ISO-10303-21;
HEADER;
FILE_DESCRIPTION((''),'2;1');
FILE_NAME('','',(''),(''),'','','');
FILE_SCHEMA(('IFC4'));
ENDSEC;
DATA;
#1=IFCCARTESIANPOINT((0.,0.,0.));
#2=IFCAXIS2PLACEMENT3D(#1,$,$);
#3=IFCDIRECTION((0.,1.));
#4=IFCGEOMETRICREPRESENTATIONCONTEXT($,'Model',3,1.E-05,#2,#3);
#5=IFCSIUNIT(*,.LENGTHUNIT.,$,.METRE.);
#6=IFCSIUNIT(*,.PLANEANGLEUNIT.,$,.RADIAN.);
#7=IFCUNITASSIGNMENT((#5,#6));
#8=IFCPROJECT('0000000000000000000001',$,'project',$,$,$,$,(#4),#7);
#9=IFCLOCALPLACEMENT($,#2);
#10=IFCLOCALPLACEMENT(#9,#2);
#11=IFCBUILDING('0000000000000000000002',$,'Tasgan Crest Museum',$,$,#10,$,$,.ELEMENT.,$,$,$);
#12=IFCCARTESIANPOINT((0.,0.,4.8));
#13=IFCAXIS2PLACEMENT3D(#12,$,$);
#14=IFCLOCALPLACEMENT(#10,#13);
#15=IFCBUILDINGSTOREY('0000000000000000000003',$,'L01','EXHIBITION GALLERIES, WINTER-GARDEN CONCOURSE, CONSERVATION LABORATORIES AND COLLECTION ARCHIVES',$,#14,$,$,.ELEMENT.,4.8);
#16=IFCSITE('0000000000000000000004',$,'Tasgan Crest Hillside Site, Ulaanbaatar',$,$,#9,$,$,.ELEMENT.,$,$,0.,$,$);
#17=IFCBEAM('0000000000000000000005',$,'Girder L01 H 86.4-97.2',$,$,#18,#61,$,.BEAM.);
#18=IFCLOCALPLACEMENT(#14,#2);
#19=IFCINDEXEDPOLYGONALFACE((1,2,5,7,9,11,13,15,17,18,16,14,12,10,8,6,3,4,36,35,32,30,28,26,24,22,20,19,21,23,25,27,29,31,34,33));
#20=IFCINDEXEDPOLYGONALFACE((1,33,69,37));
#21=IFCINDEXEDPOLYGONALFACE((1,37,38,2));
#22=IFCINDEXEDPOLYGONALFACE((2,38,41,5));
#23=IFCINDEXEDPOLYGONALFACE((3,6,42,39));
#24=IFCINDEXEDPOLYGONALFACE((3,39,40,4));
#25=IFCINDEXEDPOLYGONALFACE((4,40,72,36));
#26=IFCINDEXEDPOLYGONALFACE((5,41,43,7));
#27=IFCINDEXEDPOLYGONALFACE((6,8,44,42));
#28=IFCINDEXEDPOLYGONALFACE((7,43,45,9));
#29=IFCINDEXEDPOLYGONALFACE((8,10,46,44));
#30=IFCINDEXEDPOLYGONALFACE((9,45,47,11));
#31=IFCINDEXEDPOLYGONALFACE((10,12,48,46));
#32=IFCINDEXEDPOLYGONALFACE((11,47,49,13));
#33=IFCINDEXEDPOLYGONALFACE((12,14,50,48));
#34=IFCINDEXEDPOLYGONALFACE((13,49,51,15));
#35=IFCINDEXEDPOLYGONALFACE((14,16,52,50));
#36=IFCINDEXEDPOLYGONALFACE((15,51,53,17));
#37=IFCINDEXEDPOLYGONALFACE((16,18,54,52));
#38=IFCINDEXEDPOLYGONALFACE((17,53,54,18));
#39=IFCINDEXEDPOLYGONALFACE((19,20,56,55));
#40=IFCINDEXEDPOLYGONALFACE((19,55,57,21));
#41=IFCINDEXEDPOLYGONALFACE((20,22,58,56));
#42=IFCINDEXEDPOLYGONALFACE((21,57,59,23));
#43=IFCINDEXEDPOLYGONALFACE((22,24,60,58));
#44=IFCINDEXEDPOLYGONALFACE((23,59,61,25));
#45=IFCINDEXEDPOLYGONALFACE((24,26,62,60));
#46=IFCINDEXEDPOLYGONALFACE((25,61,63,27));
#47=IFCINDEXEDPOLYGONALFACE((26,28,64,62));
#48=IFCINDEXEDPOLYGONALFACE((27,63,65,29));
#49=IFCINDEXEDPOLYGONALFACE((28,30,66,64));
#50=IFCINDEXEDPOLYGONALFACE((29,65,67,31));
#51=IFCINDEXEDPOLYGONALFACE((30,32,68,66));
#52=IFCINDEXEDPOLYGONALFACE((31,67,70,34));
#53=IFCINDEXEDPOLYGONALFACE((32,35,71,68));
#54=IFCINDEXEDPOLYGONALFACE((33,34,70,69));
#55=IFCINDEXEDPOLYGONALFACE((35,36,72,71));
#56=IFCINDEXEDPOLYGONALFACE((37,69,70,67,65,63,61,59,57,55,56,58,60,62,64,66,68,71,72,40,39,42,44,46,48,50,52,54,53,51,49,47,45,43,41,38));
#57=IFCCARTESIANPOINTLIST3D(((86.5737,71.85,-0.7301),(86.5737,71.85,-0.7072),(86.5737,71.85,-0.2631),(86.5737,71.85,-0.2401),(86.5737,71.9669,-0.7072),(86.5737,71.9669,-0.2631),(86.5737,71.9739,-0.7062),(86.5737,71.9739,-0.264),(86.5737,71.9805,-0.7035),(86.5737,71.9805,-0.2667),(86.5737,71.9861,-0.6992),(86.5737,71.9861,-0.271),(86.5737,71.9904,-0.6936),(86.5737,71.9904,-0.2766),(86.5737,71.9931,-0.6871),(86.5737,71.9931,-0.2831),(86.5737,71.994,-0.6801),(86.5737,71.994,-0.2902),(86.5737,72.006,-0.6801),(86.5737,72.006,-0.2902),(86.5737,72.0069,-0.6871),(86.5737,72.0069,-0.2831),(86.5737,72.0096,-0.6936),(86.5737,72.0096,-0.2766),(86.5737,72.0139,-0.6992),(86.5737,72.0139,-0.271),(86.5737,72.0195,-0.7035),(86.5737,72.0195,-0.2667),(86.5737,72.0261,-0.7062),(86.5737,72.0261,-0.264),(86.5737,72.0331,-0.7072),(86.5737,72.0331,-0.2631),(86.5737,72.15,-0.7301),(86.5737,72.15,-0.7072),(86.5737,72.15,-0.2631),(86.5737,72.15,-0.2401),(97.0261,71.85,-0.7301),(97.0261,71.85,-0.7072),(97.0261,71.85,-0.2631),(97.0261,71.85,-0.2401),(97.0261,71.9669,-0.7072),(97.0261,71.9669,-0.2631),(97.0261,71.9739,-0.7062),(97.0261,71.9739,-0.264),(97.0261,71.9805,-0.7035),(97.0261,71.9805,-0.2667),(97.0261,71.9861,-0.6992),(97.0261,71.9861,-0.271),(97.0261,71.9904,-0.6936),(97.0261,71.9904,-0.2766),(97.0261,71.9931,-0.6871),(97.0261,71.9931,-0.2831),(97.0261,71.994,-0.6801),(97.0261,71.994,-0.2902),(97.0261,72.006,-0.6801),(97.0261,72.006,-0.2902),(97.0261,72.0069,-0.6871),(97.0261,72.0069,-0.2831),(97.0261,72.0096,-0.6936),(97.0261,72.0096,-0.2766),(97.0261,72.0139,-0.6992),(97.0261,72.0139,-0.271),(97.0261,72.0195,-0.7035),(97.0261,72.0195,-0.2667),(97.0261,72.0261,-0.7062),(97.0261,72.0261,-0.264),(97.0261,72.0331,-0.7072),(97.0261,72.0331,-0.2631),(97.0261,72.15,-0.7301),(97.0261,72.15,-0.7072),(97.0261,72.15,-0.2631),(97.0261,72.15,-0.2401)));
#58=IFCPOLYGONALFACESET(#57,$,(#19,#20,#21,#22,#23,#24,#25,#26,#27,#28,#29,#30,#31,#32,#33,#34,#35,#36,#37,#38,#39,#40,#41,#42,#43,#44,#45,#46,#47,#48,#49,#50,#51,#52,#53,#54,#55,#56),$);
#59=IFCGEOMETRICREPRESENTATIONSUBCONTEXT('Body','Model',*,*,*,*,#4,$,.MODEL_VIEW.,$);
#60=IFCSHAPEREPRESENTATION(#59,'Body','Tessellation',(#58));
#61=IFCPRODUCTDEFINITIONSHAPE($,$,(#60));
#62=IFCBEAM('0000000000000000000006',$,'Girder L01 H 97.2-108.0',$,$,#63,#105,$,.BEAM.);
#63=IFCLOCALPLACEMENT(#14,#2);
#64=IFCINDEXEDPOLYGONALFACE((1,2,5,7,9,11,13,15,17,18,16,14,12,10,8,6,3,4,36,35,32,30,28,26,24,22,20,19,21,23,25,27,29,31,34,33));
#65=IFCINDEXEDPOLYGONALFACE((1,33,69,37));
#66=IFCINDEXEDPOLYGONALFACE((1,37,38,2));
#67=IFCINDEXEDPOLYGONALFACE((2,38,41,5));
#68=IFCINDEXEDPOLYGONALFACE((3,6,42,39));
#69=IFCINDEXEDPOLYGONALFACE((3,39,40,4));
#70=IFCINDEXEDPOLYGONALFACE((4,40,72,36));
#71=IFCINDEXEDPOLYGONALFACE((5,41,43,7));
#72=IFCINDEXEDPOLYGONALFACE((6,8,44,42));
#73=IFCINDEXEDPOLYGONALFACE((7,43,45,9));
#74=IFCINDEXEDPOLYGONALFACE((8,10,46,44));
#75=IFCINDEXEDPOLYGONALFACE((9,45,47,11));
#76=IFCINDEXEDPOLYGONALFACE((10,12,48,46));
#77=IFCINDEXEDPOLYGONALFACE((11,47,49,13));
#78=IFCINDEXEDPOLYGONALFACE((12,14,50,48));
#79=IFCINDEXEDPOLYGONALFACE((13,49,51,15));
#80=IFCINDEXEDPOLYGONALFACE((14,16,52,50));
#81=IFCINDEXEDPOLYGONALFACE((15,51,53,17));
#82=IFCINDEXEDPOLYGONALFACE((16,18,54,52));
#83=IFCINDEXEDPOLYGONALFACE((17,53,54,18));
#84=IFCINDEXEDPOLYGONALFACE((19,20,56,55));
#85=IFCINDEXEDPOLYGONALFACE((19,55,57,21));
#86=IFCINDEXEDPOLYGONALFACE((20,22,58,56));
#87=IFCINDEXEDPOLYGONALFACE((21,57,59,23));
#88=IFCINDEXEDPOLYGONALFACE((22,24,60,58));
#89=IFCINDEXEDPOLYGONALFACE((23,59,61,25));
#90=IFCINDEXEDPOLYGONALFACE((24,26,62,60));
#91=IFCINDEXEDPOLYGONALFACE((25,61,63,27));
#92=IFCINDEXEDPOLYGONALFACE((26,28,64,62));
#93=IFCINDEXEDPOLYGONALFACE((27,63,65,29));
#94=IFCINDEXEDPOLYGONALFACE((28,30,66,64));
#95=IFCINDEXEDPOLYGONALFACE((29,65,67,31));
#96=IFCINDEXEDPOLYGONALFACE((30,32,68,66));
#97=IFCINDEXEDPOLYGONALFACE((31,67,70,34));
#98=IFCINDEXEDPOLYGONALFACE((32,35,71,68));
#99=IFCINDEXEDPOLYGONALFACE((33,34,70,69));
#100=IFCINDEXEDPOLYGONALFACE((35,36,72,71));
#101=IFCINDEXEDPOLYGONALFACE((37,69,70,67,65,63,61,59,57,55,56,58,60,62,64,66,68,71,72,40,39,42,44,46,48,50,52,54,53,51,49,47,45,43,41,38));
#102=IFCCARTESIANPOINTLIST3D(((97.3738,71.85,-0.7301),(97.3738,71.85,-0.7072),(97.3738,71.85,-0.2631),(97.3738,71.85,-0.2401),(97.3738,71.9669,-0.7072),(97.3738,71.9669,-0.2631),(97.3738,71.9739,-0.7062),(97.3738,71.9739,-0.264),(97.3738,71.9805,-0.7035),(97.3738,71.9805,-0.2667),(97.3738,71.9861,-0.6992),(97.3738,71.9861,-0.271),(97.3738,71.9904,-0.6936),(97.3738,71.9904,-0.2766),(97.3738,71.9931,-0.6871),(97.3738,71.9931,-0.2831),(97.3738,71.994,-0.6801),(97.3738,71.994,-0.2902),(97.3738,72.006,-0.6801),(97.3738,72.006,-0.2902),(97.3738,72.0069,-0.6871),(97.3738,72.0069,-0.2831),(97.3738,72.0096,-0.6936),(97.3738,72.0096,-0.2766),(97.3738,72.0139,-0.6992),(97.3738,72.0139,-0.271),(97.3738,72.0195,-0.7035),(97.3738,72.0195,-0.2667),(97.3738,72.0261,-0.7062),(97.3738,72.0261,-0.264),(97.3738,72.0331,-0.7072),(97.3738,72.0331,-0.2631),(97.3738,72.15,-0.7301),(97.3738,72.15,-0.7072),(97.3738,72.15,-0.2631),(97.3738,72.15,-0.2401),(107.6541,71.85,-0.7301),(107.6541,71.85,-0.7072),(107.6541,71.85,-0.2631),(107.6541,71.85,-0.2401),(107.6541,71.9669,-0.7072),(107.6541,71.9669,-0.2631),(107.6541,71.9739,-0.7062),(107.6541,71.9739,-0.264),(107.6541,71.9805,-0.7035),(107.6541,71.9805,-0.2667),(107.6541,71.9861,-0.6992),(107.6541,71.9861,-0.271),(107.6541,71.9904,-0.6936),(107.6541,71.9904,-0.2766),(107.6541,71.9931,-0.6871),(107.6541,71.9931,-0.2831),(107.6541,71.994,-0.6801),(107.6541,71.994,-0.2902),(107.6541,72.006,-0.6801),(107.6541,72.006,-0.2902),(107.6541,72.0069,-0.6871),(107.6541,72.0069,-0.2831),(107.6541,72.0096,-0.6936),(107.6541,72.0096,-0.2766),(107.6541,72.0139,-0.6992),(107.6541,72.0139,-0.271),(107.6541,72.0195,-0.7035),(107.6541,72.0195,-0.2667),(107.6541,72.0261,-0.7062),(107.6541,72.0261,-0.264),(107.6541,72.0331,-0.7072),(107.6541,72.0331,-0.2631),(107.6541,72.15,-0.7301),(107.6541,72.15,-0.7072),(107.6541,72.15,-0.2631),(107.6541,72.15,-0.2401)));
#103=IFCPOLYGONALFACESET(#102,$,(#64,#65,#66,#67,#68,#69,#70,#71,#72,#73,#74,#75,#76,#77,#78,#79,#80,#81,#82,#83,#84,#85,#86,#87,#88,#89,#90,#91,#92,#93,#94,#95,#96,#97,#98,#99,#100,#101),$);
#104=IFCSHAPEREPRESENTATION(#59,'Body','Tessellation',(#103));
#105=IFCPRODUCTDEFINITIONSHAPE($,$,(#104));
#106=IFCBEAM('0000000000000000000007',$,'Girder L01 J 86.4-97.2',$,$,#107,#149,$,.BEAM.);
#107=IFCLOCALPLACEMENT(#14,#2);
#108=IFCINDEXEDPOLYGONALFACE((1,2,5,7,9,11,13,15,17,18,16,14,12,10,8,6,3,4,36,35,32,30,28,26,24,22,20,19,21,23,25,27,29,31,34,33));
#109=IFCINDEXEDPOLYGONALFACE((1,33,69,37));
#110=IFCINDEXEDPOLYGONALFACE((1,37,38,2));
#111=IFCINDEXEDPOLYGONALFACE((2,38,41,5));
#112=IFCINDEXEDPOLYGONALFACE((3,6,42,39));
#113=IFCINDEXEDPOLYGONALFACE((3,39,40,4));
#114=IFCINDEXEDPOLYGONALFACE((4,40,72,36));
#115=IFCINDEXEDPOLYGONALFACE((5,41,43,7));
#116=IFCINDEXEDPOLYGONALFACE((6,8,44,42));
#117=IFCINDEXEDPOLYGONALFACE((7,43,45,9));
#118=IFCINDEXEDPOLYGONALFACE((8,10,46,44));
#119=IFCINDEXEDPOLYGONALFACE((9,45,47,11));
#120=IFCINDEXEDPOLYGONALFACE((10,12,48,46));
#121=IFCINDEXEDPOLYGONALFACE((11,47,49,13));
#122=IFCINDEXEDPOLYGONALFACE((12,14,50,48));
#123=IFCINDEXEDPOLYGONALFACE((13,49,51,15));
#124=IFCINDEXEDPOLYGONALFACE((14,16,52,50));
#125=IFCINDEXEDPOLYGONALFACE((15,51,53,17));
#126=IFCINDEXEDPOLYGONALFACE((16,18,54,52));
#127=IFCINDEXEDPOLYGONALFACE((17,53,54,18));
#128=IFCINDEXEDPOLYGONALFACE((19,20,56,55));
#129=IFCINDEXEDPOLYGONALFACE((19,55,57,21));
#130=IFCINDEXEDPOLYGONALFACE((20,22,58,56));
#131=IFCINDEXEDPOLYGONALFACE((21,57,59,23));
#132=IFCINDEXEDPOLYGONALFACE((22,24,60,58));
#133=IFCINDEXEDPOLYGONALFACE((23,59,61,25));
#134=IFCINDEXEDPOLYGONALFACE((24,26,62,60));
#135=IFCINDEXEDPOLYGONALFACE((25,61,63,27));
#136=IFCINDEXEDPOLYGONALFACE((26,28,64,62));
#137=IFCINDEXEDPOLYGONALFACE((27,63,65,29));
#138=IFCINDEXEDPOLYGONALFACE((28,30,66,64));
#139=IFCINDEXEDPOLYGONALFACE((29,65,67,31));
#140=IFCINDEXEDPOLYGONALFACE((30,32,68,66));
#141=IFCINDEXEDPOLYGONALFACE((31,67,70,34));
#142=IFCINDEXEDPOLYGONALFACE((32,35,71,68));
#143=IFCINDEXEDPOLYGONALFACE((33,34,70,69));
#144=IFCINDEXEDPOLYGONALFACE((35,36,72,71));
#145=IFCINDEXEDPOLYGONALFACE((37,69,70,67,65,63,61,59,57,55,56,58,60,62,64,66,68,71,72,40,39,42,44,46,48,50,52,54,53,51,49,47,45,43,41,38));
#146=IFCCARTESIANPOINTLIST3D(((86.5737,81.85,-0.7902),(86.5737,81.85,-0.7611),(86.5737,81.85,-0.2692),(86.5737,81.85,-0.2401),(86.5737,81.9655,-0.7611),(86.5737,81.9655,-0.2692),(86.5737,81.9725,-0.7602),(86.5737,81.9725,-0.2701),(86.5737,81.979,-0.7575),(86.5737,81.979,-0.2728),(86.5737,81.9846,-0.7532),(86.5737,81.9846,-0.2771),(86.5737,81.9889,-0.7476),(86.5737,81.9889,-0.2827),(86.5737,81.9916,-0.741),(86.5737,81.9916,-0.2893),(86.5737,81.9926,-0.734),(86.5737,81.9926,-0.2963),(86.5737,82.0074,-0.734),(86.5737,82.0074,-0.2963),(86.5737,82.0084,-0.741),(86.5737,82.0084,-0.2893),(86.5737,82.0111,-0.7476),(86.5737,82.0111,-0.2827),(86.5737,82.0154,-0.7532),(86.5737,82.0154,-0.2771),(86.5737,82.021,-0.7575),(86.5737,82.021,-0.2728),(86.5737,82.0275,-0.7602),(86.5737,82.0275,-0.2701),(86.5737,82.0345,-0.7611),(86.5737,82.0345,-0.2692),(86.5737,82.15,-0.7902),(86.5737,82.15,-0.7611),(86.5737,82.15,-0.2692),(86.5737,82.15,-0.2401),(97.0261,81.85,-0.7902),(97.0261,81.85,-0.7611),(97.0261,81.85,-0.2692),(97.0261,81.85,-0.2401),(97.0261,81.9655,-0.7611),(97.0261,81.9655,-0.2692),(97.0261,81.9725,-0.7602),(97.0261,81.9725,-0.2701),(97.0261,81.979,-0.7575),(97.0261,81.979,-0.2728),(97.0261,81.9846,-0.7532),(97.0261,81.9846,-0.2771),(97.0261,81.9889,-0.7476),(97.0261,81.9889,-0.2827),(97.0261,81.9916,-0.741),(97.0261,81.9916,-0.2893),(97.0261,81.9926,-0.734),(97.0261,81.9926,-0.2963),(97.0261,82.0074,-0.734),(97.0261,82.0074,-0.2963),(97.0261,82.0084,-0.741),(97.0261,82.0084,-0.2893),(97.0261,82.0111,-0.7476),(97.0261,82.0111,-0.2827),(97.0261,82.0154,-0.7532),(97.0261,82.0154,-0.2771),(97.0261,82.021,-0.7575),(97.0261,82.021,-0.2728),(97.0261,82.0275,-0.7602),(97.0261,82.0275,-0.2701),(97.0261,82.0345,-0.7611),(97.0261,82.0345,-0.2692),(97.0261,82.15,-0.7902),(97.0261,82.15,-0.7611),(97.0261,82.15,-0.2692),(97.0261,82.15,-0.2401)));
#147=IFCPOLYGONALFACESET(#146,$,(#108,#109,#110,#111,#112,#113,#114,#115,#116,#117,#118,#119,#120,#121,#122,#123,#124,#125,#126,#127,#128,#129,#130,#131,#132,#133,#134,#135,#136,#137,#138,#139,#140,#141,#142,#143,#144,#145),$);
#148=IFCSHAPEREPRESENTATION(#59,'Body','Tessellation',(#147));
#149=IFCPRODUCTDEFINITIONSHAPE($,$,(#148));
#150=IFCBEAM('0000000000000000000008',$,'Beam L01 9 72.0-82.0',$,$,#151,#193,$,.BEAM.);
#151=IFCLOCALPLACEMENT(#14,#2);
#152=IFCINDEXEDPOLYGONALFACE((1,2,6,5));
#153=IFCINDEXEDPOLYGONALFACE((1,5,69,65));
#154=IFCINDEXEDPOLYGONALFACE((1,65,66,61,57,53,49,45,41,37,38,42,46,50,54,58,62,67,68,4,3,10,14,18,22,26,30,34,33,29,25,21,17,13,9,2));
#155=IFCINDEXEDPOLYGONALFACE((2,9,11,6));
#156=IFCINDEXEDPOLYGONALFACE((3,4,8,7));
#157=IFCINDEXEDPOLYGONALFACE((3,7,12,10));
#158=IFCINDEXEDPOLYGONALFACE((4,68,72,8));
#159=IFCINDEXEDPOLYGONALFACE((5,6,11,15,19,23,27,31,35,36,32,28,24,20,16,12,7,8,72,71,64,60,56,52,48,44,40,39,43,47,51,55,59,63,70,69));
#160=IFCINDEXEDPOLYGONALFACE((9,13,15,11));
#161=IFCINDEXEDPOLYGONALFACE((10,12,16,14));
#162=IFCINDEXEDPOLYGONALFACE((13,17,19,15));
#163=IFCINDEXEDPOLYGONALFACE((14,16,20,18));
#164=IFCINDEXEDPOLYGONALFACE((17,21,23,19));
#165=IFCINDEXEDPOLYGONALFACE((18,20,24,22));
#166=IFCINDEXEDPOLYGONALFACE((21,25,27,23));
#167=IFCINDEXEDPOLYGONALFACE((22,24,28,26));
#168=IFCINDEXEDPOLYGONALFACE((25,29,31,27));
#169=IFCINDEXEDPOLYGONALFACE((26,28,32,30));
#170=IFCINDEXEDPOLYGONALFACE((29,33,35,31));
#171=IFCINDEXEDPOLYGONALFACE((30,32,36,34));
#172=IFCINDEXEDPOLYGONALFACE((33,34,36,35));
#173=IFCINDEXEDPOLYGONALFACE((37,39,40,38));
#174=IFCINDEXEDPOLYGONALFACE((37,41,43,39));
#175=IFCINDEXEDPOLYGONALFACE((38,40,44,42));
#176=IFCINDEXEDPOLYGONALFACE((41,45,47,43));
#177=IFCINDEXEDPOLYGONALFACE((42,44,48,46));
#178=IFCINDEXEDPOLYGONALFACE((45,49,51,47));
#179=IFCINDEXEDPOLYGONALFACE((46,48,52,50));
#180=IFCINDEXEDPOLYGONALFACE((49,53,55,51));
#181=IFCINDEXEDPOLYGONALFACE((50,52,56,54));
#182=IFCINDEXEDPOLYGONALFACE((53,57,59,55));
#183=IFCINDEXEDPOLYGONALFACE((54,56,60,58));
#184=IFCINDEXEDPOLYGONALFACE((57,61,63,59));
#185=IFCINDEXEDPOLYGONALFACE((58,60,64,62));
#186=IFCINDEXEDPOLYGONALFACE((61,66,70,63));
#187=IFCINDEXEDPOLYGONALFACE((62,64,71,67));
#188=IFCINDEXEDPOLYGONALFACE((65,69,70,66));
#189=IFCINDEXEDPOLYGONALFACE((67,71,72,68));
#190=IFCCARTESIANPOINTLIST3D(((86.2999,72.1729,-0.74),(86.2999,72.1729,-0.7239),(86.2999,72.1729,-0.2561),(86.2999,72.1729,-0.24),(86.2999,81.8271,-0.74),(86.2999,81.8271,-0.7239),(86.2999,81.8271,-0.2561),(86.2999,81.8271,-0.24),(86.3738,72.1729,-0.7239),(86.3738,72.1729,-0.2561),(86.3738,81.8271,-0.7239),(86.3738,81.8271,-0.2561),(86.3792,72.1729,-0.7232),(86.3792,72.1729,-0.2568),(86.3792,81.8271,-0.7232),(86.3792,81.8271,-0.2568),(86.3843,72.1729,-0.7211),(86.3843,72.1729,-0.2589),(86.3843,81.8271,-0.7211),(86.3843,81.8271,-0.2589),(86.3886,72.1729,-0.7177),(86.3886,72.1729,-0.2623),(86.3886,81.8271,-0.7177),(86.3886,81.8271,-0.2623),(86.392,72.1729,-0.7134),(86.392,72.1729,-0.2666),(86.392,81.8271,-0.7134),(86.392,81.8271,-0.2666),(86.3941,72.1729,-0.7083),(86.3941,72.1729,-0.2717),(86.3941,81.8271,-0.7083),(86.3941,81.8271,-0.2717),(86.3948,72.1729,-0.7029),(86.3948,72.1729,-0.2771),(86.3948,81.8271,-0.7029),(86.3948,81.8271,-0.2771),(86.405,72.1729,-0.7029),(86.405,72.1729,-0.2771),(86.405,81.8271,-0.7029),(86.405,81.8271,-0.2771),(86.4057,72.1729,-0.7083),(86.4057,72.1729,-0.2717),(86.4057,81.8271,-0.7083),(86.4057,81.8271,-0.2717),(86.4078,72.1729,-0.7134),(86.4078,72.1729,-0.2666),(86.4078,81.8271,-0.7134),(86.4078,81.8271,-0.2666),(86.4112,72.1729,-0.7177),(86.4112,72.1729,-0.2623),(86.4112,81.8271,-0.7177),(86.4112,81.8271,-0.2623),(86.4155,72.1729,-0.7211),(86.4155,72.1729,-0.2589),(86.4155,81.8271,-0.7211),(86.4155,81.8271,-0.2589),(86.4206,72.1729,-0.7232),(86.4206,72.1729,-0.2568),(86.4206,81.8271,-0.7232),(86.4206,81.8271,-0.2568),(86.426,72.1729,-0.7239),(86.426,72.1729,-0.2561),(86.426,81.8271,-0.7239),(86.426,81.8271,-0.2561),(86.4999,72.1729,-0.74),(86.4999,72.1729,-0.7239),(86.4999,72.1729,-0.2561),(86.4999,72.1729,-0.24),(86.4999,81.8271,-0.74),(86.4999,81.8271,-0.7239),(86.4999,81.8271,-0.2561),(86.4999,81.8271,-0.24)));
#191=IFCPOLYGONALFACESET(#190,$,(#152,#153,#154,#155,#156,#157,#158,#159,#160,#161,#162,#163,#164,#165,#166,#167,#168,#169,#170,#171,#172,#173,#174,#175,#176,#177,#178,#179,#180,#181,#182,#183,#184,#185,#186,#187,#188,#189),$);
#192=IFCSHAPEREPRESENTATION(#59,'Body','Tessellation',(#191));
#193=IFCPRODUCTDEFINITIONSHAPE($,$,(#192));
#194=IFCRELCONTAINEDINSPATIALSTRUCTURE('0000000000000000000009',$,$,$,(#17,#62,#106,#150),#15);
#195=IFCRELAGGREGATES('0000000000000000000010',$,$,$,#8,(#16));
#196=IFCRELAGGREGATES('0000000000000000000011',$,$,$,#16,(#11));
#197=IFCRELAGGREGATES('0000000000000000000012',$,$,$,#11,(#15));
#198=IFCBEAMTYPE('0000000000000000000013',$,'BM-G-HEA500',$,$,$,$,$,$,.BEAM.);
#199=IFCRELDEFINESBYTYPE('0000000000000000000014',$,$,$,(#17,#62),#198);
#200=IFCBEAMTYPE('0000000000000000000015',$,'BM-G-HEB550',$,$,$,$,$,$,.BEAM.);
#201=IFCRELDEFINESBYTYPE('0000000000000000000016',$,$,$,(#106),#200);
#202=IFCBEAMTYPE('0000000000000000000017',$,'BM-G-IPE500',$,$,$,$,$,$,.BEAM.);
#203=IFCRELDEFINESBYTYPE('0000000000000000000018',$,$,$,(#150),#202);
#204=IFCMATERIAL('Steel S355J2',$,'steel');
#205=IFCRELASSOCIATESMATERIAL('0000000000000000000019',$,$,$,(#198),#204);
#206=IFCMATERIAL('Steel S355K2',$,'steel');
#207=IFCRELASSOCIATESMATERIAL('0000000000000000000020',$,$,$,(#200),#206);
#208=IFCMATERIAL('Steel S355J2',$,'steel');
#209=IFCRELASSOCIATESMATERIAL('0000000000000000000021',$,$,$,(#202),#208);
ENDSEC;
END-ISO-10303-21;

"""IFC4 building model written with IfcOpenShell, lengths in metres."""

from ifc_helpers import new_model, si_unit, direction, frame, origin, origin_2d, place, context, subcontext, project, spatial, i_section, extrude, material, material_profile, profile_set, type_object, element, save


model = new_model("IFC4")

# Units and contexts
model_context = context("Model", 3, precision=1e-05, world=origin(), true_north=direction((0.0, 1.0)))
body_context = subcontext(model_context, "Body", "Model", "MODEL_VIEW")
ifc_project = project(units=[si_unit("LENGTHUNIT", "METRE"), si_unit("PLANEANGLEUNIT", "RADIAN")], contexts=[model_context])

# Site, building, storey
site_placement = place(None, origin())
site = spatial("IfcSite", under=ifc_project, at=site_placement, Name="Tasgan Crest Hillside Site, Ulaanbaatar", CompositionType="ELEMENT", RefElevation=0.0)
building_placement = place(site_placement, origin())
building = spatial("IfcBuilding", under=site, at=building_placement, Name="Tasgan Crest Museum", CompositionType="ELEMENT")
storey_placement = place(building_placement, frame((0.0, 0.0, 4.8)))
storey = spatial("IfcBuildingStorey", under=building, at=storey_placement, Name="L01", Description="EXHIBITION GALLERIES, WINTER-GARDEN CONCOURSE, CONSERVATION LABORATORIES AND COLLECTION ARCHIVES", CompositionType="ELEMENT", Elevation=4.8)

# Beams
ifc_material_1 = material(Name="Steel S355J2", Category="steel")
ifc_material_profile_1 = material_profile(ifc_material_1, i_section(OverallWidth=0.3, OverallDepth=0.49, WebThickness=0.012, FlangeThickness=0.0229, FilletRadius=0.0271, at=origin_2d()), Name="HEA 500")
ifc_profile_set_1 = profile_set([ifc_material_profile_1], Name="Steel S355J2")
beam_type_1 = type_object("IfcBeamType", Name="BM-G-HEA500", PredefinedType="BEAM", material=ifc_profile_set_1)
beam_1_placement = place(storey_placement, frame((86.5737, 72.0, -0.4851), z_axis=(1.0, 0.0, 0.0), x_axis=(0.0, 1.0, 0.0)))
element("IfcBeam", 1, at=beam_1_placement, inside=storey, type_object=beam_type_1, Name="Girder L01 H 86.4-97.2", PredefinedType="BEAM", context=body_context, shape_type="SweptSolid", body=[
    extrude(i_section(OverallWidth=0.3, OverallDepth=0.49, WebThickness=0.012, FlangeThickness=0.0229, FilletRadius=0.0271, at=origin_2d()), origin(), (0.0, 0.0, 1.0), 10.4524),
])
beam_2_placement = place(storey_placement, frame((97.3738, 72.0, -0.4851), z_axis=(1.0, 0.0, 0.0), x_axis=(0.0, 1.0, 0.0)))
element("IfcBeam", 2, at=beam_2_placement, inside=storey, type_object=beam_type_1, Name="Girder L01 H 97.2-108.0", PredefinedType="BEAM", context=body_context, shape_type="SweptSolid", body=[
    extrude(i_section(OverallWidth=0.3, OverallDepth=0.49, WebThickness=0.012, FlangeThickness=0.0229, FilletRadius=0.0271, at=origin_2d()), origin(), (0.0, 0.0, 1.0), 10.2803),
])
ifc_material_2 = material(Name="Steel S355K2", Category="steel")
ifc_material_profile_2 = material_profile(ifc_material_2, i_section(OverallWidth=0.3, OverallDepth=0.55, WebThickness=0.0149, FlangeThickness=0.0291, FilletRadius=0.0271, at=origin_2d()), Name="HEB 550")
ifc_profile_set_2 = profile_set([ifc_material_profile_2], Name="Steel S355K2")
beam_type_2 = type_object("IfcBeamType", Name="BM-G-HEB550", PredefinedType="BEAM", material=ifc_profile_set_2)
beam_3_placement = place(storey_placement, frame((86.5737, 82.0, -0.5151), z_axis=(1.0, 0.0, 0.0), x_axis=(0.0, 1.0, 0.0)))
element("IfcBeam", 3, at=beam_3_placement, inside=storey, type_object=beam_type_2, Name="Girder L01 J 86.4-97.2", PredefinedType="BEAM", context=body_context, shape_type="SweptSolid", body=[
    extrude(i_section(OverallWidth=0.3, OverallDepth=0.55, WebThickness=0.0149, FlangeThickness=0.0291, FilletRadius=0.0271, at=origin_2d()), origin(), (0.0, 0.0, 1.0), 10.4524),
])
ifc_material_3 = material(Name="Steel S355J2", Category="steel")
ifc_material_profile_3 = material_profile(ifc_material_3, i_section(OverallWidth=0.2, OverallDepth=0.5, WebThickness=0.0103, FlangeThickness=0.0161, FilletRadius=0.021, at=origin_2d()), Name="IPE 500")
ifc_profile_set_3 = profile_set([ifc_material_profile_3], Name="Steel S355J2")
beam_type_3 = type_object("IfcBeamType", Name="BM-G-IPE500", PredefinedType="BEAM", material=ifc_profile_set_3)
for number, where, z_axis, x_axis, name in (
    (4, (86.3999, 72.1729, -0.49), (0.0, 1.0, 0.0), (-1.0, 0.0, 0.0), "Beam L01 9 72.0-82.0"),
):
    element("IfcBeam", number, at=place(storey_placement, frame(where, z_axis=z_axis, x_axis=x_axis)), inside=storey, type_object=beam_type_3, Name=name, PredefinedType="BEAM", context=body_context, shape_type="SweptSolid", body=[
        extrude(i_section(OverallWidth=0.2, OverallDepth=0.5, WebThickness=0.0103, FlangeThickness=0.0161, FilletRadius=0.021, at=origin_2d()), origin(), (0.0, 0.0, 1.0), 9.6543),
    ])

save(model, "model.ifc")
